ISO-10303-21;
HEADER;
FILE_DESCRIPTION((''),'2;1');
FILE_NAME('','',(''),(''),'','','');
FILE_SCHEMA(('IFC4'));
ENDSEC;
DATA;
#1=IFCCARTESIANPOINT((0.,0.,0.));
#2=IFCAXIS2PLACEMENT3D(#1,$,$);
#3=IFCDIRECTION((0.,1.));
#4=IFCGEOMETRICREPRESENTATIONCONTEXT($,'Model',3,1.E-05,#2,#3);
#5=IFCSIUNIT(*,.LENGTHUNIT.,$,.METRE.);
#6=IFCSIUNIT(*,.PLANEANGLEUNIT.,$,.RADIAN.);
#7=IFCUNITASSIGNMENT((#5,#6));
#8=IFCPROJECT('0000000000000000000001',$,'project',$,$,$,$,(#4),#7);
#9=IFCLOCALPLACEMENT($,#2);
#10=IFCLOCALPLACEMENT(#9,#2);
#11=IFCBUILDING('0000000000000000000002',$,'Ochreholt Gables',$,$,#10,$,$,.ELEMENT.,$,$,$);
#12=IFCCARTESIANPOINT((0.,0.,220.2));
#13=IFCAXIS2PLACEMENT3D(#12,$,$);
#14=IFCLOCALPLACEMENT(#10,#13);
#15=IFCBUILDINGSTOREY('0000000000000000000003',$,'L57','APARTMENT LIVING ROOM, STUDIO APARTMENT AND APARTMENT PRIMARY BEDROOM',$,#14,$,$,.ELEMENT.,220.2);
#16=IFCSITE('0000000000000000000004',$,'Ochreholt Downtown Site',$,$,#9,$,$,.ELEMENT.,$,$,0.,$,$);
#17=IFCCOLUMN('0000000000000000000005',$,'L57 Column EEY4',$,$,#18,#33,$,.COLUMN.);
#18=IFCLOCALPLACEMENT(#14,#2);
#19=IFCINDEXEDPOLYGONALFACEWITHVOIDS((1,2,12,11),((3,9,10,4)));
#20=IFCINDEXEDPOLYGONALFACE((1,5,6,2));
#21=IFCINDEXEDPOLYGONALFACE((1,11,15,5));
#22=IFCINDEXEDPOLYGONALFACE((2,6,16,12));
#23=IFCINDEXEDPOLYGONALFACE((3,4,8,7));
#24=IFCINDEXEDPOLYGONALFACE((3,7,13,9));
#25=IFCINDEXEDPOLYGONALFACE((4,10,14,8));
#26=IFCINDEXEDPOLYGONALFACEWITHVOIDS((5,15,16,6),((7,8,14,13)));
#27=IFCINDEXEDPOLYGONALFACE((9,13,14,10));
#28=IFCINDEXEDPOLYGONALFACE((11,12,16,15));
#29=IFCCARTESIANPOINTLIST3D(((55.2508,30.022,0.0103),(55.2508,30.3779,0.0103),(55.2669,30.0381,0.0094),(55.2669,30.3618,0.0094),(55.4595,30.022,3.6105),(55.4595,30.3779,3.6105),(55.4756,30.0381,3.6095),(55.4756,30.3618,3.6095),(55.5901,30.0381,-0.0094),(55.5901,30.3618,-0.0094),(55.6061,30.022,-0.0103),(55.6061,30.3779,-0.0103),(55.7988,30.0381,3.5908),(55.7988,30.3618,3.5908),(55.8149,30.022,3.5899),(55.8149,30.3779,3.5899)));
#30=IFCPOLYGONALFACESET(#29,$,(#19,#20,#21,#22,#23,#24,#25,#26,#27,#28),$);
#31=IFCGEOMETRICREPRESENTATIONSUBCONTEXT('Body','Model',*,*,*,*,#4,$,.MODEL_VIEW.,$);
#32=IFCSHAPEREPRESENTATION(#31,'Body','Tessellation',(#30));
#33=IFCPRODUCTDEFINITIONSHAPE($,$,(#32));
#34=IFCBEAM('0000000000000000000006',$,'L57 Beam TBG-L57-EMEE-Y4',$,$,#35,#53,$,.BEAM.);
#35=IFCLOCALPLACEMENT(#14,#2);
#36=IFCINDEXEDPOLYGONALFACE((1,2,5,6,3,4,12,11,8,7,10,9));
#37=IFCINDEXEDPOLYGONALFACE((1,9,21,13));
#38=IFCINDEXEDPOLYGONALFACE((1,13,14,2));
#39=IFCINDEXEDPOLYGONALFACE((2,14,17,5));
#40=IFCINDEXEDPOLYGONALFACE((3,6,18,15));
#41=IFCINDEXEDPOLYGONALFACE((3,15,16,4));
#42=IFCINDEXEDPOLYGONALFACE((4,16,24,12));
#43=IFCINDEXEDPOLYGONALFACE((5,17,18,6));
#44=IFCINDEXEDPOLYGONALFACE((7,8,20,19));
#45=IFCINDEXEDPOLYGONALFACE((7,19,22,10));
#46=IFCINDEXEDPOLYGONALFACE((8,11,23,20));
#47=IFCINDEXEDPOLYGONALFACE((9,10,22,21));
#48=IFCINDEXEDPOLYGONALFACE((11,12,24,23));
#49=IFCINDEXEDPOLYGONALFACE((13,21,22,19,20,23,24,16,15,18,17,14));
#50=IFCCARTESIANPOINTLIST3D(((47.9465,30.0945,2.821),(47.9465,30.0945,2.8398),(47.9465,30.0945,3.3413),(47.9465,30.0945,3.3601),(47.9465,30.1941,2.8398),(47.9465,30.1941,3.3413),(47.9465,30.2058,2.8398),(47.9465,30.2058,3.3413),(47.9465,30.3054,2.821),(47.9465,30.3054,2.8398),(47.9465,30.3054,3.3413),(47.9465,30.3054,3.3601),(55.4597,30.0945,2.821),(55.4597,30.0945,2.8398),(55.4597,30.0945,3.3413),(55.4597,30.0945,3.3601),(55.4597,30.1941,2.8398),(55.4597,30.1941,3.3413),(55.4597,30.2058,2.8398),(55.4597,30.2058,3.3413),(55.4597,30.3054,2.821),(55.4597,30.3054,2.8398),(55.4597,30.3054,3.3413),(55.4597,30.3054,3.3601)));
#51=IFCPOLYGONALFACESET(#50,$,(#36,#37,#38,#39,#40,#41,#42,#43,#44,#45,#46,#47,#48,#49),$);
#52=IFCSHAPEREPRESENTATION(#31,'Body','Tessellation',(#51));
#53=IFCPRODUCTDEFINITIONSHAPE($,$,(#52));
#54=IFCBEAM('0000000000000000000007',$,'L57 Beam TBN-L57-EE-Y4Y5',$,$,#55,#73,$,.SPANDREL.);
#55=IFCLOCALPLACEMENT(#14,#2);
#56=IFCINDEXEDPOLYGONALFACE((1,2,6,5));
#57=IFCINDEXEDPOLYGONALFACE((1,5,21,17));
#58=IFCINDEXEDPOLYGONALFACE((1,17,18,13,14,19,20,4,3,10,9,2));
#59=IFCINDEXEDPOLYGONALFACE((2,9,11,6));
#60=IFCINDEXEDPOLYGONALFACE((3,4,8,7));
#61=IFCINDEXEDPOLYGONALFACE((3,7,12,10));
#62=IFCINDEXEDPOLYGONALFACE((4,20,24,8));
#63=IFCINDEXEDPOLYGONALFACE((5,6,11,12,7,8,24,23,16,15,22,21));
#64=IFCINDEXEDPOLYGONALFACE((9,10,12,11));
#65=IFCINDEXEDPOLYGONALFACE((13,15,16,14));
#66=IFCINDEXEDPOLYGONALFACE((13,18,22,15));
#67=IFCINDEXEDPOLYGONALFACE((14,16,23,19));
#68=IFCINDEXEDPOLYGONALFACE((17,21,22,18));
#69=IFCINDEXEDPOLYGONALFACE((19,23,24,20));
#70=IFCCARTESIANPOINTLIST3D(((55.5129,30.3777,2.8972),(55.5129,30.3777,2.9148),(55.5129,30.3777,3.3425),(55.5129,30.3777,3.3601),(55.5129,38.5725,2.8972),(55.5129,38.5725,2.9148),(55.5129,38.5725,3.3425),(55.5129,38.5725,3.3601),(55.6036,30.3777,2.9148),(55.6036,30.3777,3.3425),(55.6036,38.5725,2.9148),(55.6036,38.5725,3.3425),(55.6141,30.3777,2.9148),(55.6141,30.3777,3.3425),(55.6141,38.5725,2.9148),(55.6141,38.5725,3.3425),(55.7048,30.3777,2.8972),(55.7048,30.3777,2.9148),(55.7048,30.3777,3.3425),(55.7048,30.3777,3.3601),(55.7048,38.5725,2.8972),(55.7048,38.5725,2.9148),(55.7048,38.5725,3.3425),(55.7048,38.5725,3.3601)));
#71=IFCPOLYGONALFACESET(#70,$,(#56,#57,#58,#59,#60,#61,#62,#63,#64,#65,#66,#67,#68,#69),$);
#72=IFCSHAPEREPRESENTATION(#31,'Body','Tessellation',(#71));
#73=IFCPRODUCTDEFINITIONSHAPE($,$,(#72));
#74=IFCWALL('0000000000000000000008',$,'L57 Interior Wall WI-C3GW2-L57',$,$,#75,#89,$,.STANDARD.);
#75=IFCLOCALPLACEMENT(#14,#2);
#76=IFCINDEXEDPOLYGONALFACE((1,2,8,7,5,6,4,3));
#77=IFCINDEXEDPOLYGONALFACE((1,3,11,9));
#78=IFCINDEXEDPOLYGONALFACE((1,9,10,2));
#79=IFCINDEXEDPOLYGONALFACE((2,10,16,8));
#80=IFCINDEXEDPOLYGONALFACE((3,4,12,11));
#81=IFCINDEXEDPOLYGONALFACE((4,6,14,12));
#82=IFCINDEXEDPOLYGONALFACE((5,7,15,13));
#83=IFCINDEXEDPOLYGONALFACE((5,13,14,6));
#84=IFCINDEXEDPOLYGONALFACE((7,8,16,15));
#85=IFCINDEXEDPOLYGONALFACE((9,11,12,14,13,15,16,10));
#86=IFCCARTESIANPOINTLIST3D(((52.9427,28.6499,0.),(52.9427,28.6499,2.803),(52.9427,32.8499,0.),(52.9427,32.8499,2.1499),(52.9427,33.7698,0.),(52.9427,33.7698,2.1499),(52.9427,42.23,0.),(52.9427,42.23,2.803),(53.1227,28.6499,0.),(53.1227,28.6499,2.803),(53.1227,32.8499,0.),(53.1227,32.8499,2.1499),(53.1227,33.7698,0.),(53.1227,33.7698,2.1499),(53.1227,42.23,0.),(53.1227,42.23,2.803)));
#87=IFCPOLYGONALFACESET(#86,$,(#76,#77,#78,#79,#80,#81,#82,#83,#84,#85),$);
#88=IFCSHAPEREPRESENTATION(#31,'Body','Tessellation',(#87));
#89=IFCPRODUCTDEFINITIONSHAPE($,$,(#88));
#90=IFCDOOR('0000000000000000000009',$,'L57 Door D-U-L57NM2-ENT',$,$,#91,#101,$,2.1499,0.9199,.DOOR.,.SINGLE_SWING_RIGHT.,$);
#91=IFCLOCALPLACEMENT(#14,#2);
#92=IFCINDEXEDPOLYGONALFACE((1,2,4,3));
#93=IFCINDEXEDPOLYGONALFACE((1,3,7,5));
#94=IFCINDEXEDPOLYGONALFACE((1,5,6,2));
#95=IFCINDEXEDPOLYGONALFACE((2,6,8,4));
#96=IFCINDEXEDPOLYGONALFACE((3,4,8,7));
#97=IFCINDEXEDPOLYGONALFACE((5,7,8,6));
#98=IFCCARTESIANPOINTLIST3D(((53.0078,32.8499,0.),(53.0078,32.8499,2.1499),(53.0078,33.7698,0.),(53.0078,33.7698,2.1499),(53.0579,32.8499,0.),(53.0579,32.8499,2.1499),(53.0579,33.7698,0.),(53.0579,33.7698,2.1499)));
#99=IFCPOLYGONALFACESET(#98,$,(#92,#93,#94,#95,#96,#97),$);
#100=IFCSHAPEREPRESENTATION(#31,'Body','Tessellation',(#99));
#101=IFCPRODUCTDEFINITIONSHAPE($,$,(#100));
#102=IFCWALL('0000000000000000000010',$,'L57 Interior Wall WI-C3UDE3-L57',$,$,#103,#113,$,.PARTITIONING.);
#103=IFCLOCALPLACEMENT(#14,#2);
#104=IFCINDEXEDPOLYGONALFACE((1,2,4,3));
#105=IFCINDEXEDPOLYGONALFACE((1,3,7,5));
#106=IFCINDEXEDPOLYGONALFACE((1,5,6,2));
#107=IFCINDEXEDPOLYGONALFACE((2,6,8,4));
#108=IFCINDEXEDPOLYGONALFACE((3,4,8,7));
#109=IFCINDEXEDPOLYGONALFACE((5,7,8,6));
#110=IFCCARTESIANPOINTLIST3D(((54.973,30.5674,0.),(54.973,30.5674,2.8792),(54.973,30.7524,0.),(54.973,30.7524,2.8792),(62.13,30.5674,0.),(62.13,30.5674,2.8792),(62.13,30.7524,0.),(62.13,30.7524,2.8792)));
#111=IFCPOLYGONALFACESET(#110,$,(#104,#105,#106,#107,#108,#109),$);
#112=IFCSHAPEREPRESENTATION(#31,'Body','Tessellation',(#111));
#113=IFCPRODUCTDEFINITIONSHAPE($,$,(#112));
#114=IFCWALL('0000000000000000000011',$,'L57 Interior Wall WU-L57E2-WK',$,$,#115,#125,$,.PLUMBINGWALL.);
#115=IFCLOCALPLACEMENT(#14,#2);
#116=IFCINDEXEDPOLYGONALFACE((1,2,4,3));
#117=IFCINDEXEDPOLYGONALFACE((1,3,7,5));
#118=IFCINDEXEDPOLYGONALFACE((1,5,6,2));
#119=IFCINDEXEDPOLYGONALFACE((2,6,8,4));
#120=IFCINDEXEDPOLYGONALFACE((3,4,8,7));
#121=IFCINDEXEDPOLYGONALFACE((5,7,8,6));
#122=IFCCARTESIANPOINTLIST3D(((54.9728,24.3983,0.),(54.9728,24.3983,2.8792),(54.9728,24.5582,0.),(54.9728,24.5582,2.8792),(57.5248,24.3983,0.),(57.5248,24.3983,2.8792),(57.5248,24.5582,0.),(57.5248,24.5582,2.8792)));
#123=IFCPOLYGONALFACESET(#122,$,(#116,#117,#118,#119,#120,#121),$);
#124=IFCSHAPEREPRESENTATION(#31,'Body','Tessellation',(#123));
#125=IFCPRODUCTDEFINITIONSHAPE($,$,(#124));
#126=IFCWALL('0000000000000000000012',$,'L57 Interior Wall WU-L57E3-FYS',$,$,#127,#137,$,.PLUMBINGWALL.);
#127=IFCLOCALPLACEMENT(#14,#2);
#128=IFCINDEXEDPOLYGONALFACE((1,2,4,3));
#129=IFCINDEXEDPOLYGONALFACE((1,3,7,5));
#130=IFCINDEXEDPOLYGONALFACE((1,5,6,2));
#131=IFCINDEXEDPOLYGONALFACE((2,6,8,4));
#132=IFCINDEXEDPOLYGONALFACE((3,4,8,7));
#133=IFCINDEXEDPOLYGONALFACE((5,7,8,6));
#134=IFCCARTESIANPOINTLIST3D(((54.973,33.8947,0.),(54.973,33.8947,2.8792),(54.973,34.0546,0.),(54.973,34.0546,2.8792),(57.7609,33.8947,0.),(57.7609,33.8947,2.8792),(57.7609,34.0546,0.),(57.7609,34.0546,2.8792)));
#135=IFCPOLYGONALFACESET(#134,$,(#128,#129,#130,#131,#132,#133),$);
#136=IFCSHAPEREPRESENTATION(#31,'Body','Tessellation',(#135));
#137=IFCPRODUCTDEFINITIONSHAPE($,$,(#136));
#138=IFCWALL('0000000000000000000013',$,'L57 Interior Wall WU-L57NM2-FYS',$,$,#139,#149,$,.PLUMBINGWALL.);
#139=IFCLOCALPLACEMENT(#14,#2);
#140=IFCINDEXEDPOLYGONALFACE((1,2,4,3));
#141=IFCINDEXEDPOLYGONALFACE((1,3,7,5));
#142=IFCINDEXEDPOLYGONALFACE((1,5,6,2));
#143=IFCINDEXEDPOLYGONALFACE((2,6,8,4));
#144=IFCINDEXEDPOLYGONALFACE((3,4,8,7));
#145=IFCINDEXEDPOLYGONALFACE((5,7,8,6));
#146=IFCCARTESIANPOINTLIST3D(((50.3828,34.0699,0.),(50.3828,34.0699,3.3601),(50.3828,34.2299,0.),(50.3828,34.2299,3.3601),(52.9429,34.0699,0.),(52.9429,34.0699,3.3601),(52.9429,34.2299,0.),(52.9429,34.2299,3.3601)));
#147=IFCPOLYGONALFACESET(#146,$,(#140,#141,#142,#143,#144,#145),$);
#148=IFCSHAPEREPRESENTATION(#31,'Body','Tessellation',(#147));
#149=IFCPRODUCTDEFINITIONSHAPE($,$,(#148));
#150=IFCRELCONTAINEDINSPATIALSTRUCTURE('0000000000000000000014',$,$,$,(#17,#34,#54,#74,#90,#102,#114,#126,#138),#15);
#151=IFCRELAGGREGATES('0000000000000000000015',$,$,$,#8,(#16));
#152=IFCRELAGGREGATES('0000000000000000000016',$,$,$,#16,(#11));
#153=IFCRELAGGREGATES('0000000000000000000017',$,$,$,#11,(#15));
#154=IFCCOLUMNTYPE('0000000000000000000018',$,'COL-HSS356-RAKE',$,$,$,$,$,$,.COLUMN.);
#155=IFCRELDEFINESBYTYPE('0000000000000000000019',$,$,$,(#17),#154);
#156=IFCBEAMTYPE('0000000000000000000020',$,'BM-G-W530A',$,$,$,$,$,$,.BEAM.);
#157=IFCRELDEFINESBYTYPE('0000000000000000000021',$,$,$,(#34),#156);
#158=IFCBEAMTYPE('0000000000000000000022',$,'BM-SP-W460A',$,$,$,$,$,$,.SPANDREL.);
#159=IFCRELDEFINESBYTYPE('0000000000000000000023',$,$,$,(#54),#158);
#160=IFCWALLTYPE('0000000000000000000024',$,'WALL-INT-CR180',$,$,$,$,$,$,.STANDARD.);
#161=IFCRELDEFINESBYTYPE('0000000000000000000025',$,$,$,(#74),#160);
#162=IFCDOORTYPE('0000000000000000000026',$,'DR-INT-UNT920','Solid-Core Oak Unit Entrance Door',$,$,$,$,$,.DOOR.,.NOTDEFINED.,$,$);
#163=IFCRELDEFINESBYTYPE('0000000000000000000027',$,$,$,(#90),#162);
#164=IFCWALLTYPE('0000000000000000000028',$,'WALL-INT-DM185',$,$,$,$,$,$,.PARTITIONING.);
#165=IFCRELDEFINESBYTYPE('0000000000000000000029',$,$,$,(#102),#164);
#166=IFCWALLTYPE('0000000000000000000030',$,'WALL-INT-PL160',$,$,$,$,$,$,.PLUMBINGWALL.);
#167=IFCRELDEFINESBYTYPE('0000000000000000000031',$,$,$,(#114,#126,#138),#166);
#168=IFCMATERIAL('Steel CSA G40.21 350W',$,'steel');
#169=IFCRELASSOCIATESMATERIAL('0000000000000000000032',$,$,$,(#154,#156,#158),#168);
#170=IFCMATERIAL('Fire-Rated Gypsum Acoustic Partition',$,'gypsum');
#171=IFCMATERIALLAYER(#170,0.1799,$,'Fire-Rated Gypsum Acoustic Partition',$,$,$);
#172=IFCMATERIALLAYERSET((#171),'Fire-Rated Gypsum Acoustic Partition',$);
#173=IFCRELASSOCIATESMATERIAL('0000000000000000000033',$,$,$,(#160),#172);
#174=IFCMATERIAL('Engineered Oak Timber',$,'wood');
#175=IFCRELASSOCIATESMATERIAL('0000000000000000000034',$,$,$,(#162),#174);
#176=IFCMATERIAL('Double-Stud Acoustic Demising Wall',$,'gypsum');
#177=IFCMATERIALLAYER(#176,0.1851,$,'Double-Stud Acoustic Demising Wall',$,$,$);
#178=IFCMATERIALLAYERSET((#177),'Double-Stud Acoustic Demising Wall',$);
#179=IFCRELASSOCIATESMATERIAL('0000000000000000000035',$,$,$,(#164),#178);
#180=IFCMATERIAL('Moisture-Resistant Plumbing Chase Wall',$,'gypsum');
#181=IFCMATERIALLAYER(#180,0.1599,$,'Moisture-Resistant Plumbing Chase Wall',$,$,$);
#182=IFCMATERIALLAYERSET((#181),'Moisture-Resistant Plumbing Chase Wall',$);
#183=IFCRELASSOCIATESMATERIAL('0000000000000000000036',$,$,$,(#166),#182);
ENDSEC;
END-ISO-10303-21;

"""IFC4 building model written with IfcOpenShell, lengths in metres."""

from ifc_helpers import new_model, si_unit, direction, frame, frame_2d, origin, origin_2d, place, context, subcontext, project, spatial, rectangle, hollow_rectangle, i_section, extrude, material, layer, layer_set, material_profile, profile_set, type_object, element, fill, save


model = new_model("IFC4")

# Units and contexts
model_context = context("Model", 3, precision=1e-05, world=origin(), true_north=direction((0.0, 1.0)))
body_context = subcontext(model_context, "Body", "Model", "MODEL_VIEW")
ifc_project = project(units=[si_unit("LENGTHUNIT", "METRE"), si_unit("PLANEANGLEUNIT", "RADIAN")], contexts=[model_context])

# Site, building, storey
site_placement = place(None, origin())
site = spatial("IfcSite", under=ifc_project, at=site_placement, Name="Ochreholt Downtown Site", CompositionType="ELEMENT", RefElevation=0.0)
building_placement = place(site_placement, origin())
building = spatial("IfcBuilding", under=site, at=building_placement, Name="Ochreholt Gables", CompositionType="ELEMENT")
storey_placement = place(building_placement, frame((0.0, 0.0, 220.2)))
storey = spatial("IfcBuildingStorey", under=building, at=storey_placement, Name="L57", Description="APARTMENT LIVING ROOM, STUDIO APARTMENT AND APARTMENT PRIMARY BEDROOM", CompositionType="ELEMENT", Elevation=220.2)

# Column
ifc_material_1 = material(Name="Steel CSA G40.21 350W", Category="steel")
ifc_material_profile_1 = material_profile(ifc_material_1, hollow_rectangle(XDim=0.356, YDim=0.356, WallThickness=0.0161, at=origin_2d()), Name="HSS356X356X16")
ifc_profile_set_1 = profile_set([ifc_material_profile_1], Name="Steel CSA G40.21 350W")
column_type = type_object("IfcColumnType", Name="COL-HSS356-RAKE", PredefinedType="COLUMN", material=ifc_profile_set_1)
column_placement = place(storey_placement, frame((55.4285, 30.2, 0.0), z_axis=(0.057885, 0.0, 0.998323), x_axis=(0.0, 1.0, 0.0)))
element("IfcColumn", 1, at=column_placement, inside=storey, type_object=column_type, Name="L57 Column EEY4", PredefinedType="COLUMN", context=body_context, shape_type="SweptSolid", body=[
    extrude(hollow_rectangle(XDim=0.356, YDim=0.356, WallThickness=0.0161, at=origin_2d()), origin(), (0.0, 0.0, 1.0), 3.6062),
])

# Beams
ifc_material_profile_2 = material_profile(ifc_material_1, i_section(OverallWidth=0.2109, OverallDepth=0.5391, WebThickness=0.0117, FlangeThickness=0.0188, at=origin_2d()), Name="W530X109")
ifc_profile_set_2 = profile_set([ifc_material_profile_2], Name="Steel CSA G40.21 350W")
beam_type_1 = type_object("IfcBeamType", Name="BM-G-W530A", PredefinedType="BEAM", material=ifc_profile_set_2)
beam_1_placement = place(storey_placement, frame((47.9465, 30.2, 3.0906), z_axis=(1.0, 0.0, 0.0), x_axis=(0.0, 1.0, 0.0)))
element("IfcBeam", 2, at=beam_1_placement, inside=storey, type_object=beam_type_1, Name="L57 Beam TBG-L57-EMEE-Y4", PredefinedType="BEAM", context=body_context, shape_type="SweptSolid", body=[
    extrude(i_section(OverallWidth=0.2109, OverallDepth=0.5391, WebThickness=0.0117, FlangeThickness=0.0188, at=origin_2d()), origin(), (0.0, 0.0, 1.0), 7.5132),
])
ifc_material_profile_3 = material_profile(ifc_material_1, i_section(OverallWidth=0.1919, OverallDepth=0.4629, WebThickness=0.0105, FlangeThickness=0.0176, at=origin_2d()), Name="W460X89")
ifc_profile_set_3 = profile_set([ifc_material_profile_3], Name="Steel CSA G40.21 350W")
beam_type_2 = type_object("IfcBeamType", Name="BM-SP-W460A", PredefinedType="SPANDREL", material=ifc_profile_set_3)
beam_2_placement = place(storey_placement, frame((55.6089, 30.3777, 3.1287), z_axis=(0.0, 1.0, 0.0), x_axis=(-1.0, 0.0, 0.0)))
element("IfcBeam", 3, at=beam_2_placement, inside=storey, type_object=beam_type_2, Name="L57 Beam TBN-L57-EE-Y4Y5", PredefinedType="SPANDREL", context=body_context, shape_type="SweptSolid", body=[
    extrude(i_section(OverallWidth=0.1919, OverallDepth=0.4629, WebThickness=0.0105, FlangeThickness=0.0176, at=origin_2d()), origin(), (0.0, 0.0, 1.0), 8.1948),
])

# Wall, opening, door
ifc_material_2 = material(Name="Fire-Rated Gypsum Acoustic Partition", Category="gypsum")
ifc_layer_1 = layer(ifc_material_2, 0.1799, Name="Fire-Rated Gypsum Acoustic Partition")
ifc_layer_set_1 = layer_set([ifc_layer_1], Name="Fire-Rated Gypsum Acoustic Partition")
wall_type_1 = type_object("IfcWallType", Name="WALL-INT-CR180", PredefinedType="STANDARD", material=ifc_layer_set_1)
wall_1_placement = place(storey_placement, frame((53.0327, 28.6499, 0.0), z_axis=(0.0, 0.0, 1.0), x_axis=(0.0, 1.0, 0.0)))
wall_1 = element("IfcWall", 4, at=wall_1_placement, inside=storey, type_object=wall_type_1, Name="L57 Interior Wall WI-C3GW2-L57", PredefinedType="STANDARD", context=body_context, shape_type="SweptSolid", body=[
    extrude(rectangle(XDim=13.5801, YDim=0.1799, at=frame_2d((6.79, 0.0))), origin(), (0.0, 0.0, 1.0), 2.803),
])
opening_1_placement = place(wall_1_placement, frame((4.2, 0.0, 0.0)))
opening_1 = element("IfcOpeningElement", 5, at=opening_1_placement, cuts=wall_1, PredefinedType="OPENING", context=body_context, shape_type="SweptSolid", body=[
    extrude(rectangle(XDim=0.9199, YDim=2.1499, at=frame_2d((0.46, 1.075))), frame((0.0, 0.0999, 0.0), z_axis=(0.0, -1.0, 0.0), x_axis=(1.0, 0.0, 0.0)), (0.0, 0.0, 1.0), 0.2),
])
ifc_material_3 = material(Name="Engineered Oak Timber", Category="wood")
door_type_1 = type_object("IfcDoorType", Name="DR-INT-UNT920", Description="Solid-Core Oak Unit Entrance Door", OperationType="NOTDEFINED", PredefinedType="DOOR", material=ifc_material_3)
door_1_placement = place(opening_1_placement, origin())
door_1 = element("IfcDoor", 6, at=door_1_placement, inside=storey, type_object=door_type_1, Name="L57 Door D-U-L57NM2-ENT", OperationType="SINGLE_SWING_RIGHT", OverallHeight=2.1499, OverallWidth=0.9199, PredefinedType="DOOR", context=body_context, shape_type="SweptSolid", body=[
    extrude(rectangle(XDim=0.9199, YDim=2.1499, at=frame_2d((0.46, 1.075))), frame((0.0, 0.0249, 0.0), z_axis=(0.0, -1.0, 0.0), x_axis=(1.0, 0.0, 0.0)), (0.0, 0.0, 1.0), 0.05),
])
fill(opening_1, door_1)

# Walls
ifc_material_4 = material(Name="Double-Stud Acoustic Demising Wall", Category="gypsum")
ifc_layer_2 = layer(ifc_material_4, 0.1851, Name="Double-Stud Acoustic Demising Wall")
ifc_layer_set_2 = layer_set([ifc_layer_2], Name="Double-Stud Acoustic Demising Wall")
wall_type_2 = type_object("IfcWallType", Name="WALL-INT-DM185", PredefinedType="PARTITIONING", material=ifc_layer_set_2)
wall_2_placement = place(storey_placement, frame((54.9729, 30.6599, 0.0), z_axis=(0.0, 0.0, 1.0), x_axis=(1.0, 0.0, 0.0)))
element("IfcWall", 7, at=wall_2_placement, inside=storey, type_object=wall_type_2, Name="L57 Interior Wall WI-C3UDE3-L57", PredefinedType="PARTITIONING", context=body_context, shape_type="SweptSolid", body=[
    extrude(rectangle(XDim=7.157, YDim=0.1851, at=frame_2d((3.5786, 0.0))), origin(), (0.0, 0.0, 1.0), 2.8792),
])
ifc_material_5 = material(Name="Moisture-Resistant Plumbing Chase Wall", Category="gypsum")
ifc_layer_3 = layer(ifc_material_5, 0.1599, Name="Moisture-Resistant Plumbing Chase Wall")
ifc_layer_set_3 = layer_set([ifc_layer_3], Name="Moisture-Resistant Plumbing Chase Wall")
wall_type_3 = type_object("IfcWallType", Name="WALL-INT-PL160", PredefinedType="PLUMBINGWALL", material=ifc_layer_set_3)
wall_3_placement = place(storey_placement, frame((54.9729, 24.4783, 0.0), z_axis=(0.0, 0.0, 1.0), x_axis=(1.0, 0.0, 0.0)))
element("IfcWall", 8, at=wall_3_placement, inside=storey, type_object=wall_type_3, Name="L57 Interior Wall WU-L57E2-WK", PredefinedType="PLUMBINGWALL", context=body_context, shape_type="SweptSolid", body=[
    extrude(rectangle(XDim=2.552, YDim=0.1599, at=frame_2d((1.2759, 0.0))), origin(), (0.0, 0.0, 1.0), 2.8792),
])
wall_4_placement = place(storey_placement, frame((54.9729, 33.9746, 0.0), z_axis=(0.0, 0.0, 1.0), x_axis=(1.0, 0.0, 0.0)))
element("IfcWall", 9, at=wall_4_placement, inside=storey, type_object=wall_type_3, Name="L57 Interior Wall WU-L57E3-FYS", PredefinedType="PLUMBINGWALL", context=body_context, shape_type="SweptSolid", body=[
    extrude(rectangle(XDim=2.7878, YDim=0.1599, at=frame_2d((1.394, 0.0))), origin(), (0.0, 0.0, 1.0), 2.8792),
])

# Wall
wall_5_placement = place(storey_placement, frame((50.3828, 34.1499, 0.0), z_axis=(0.0, 0.0, 1.0), x_axis=(1.0, 0.0, 0.0)))
element("IfcWall", 10, at=wall_5_placement, inside=storey, type_object=wall_type_3, Name="L57 Interior Wall WU-L57NM2-FYS", PredefinedType="PLUMBINGWALL", context=body_context, shape_type="SweptSolid", body=[
    extrude(rectangle(XDim=2.5601, YDim=0.1599, at=frame_2d((1.28, 0.0))), origin(), (0.0, 0.0, 1.0), 3.3601),
])

save(model, "model.ifc")
